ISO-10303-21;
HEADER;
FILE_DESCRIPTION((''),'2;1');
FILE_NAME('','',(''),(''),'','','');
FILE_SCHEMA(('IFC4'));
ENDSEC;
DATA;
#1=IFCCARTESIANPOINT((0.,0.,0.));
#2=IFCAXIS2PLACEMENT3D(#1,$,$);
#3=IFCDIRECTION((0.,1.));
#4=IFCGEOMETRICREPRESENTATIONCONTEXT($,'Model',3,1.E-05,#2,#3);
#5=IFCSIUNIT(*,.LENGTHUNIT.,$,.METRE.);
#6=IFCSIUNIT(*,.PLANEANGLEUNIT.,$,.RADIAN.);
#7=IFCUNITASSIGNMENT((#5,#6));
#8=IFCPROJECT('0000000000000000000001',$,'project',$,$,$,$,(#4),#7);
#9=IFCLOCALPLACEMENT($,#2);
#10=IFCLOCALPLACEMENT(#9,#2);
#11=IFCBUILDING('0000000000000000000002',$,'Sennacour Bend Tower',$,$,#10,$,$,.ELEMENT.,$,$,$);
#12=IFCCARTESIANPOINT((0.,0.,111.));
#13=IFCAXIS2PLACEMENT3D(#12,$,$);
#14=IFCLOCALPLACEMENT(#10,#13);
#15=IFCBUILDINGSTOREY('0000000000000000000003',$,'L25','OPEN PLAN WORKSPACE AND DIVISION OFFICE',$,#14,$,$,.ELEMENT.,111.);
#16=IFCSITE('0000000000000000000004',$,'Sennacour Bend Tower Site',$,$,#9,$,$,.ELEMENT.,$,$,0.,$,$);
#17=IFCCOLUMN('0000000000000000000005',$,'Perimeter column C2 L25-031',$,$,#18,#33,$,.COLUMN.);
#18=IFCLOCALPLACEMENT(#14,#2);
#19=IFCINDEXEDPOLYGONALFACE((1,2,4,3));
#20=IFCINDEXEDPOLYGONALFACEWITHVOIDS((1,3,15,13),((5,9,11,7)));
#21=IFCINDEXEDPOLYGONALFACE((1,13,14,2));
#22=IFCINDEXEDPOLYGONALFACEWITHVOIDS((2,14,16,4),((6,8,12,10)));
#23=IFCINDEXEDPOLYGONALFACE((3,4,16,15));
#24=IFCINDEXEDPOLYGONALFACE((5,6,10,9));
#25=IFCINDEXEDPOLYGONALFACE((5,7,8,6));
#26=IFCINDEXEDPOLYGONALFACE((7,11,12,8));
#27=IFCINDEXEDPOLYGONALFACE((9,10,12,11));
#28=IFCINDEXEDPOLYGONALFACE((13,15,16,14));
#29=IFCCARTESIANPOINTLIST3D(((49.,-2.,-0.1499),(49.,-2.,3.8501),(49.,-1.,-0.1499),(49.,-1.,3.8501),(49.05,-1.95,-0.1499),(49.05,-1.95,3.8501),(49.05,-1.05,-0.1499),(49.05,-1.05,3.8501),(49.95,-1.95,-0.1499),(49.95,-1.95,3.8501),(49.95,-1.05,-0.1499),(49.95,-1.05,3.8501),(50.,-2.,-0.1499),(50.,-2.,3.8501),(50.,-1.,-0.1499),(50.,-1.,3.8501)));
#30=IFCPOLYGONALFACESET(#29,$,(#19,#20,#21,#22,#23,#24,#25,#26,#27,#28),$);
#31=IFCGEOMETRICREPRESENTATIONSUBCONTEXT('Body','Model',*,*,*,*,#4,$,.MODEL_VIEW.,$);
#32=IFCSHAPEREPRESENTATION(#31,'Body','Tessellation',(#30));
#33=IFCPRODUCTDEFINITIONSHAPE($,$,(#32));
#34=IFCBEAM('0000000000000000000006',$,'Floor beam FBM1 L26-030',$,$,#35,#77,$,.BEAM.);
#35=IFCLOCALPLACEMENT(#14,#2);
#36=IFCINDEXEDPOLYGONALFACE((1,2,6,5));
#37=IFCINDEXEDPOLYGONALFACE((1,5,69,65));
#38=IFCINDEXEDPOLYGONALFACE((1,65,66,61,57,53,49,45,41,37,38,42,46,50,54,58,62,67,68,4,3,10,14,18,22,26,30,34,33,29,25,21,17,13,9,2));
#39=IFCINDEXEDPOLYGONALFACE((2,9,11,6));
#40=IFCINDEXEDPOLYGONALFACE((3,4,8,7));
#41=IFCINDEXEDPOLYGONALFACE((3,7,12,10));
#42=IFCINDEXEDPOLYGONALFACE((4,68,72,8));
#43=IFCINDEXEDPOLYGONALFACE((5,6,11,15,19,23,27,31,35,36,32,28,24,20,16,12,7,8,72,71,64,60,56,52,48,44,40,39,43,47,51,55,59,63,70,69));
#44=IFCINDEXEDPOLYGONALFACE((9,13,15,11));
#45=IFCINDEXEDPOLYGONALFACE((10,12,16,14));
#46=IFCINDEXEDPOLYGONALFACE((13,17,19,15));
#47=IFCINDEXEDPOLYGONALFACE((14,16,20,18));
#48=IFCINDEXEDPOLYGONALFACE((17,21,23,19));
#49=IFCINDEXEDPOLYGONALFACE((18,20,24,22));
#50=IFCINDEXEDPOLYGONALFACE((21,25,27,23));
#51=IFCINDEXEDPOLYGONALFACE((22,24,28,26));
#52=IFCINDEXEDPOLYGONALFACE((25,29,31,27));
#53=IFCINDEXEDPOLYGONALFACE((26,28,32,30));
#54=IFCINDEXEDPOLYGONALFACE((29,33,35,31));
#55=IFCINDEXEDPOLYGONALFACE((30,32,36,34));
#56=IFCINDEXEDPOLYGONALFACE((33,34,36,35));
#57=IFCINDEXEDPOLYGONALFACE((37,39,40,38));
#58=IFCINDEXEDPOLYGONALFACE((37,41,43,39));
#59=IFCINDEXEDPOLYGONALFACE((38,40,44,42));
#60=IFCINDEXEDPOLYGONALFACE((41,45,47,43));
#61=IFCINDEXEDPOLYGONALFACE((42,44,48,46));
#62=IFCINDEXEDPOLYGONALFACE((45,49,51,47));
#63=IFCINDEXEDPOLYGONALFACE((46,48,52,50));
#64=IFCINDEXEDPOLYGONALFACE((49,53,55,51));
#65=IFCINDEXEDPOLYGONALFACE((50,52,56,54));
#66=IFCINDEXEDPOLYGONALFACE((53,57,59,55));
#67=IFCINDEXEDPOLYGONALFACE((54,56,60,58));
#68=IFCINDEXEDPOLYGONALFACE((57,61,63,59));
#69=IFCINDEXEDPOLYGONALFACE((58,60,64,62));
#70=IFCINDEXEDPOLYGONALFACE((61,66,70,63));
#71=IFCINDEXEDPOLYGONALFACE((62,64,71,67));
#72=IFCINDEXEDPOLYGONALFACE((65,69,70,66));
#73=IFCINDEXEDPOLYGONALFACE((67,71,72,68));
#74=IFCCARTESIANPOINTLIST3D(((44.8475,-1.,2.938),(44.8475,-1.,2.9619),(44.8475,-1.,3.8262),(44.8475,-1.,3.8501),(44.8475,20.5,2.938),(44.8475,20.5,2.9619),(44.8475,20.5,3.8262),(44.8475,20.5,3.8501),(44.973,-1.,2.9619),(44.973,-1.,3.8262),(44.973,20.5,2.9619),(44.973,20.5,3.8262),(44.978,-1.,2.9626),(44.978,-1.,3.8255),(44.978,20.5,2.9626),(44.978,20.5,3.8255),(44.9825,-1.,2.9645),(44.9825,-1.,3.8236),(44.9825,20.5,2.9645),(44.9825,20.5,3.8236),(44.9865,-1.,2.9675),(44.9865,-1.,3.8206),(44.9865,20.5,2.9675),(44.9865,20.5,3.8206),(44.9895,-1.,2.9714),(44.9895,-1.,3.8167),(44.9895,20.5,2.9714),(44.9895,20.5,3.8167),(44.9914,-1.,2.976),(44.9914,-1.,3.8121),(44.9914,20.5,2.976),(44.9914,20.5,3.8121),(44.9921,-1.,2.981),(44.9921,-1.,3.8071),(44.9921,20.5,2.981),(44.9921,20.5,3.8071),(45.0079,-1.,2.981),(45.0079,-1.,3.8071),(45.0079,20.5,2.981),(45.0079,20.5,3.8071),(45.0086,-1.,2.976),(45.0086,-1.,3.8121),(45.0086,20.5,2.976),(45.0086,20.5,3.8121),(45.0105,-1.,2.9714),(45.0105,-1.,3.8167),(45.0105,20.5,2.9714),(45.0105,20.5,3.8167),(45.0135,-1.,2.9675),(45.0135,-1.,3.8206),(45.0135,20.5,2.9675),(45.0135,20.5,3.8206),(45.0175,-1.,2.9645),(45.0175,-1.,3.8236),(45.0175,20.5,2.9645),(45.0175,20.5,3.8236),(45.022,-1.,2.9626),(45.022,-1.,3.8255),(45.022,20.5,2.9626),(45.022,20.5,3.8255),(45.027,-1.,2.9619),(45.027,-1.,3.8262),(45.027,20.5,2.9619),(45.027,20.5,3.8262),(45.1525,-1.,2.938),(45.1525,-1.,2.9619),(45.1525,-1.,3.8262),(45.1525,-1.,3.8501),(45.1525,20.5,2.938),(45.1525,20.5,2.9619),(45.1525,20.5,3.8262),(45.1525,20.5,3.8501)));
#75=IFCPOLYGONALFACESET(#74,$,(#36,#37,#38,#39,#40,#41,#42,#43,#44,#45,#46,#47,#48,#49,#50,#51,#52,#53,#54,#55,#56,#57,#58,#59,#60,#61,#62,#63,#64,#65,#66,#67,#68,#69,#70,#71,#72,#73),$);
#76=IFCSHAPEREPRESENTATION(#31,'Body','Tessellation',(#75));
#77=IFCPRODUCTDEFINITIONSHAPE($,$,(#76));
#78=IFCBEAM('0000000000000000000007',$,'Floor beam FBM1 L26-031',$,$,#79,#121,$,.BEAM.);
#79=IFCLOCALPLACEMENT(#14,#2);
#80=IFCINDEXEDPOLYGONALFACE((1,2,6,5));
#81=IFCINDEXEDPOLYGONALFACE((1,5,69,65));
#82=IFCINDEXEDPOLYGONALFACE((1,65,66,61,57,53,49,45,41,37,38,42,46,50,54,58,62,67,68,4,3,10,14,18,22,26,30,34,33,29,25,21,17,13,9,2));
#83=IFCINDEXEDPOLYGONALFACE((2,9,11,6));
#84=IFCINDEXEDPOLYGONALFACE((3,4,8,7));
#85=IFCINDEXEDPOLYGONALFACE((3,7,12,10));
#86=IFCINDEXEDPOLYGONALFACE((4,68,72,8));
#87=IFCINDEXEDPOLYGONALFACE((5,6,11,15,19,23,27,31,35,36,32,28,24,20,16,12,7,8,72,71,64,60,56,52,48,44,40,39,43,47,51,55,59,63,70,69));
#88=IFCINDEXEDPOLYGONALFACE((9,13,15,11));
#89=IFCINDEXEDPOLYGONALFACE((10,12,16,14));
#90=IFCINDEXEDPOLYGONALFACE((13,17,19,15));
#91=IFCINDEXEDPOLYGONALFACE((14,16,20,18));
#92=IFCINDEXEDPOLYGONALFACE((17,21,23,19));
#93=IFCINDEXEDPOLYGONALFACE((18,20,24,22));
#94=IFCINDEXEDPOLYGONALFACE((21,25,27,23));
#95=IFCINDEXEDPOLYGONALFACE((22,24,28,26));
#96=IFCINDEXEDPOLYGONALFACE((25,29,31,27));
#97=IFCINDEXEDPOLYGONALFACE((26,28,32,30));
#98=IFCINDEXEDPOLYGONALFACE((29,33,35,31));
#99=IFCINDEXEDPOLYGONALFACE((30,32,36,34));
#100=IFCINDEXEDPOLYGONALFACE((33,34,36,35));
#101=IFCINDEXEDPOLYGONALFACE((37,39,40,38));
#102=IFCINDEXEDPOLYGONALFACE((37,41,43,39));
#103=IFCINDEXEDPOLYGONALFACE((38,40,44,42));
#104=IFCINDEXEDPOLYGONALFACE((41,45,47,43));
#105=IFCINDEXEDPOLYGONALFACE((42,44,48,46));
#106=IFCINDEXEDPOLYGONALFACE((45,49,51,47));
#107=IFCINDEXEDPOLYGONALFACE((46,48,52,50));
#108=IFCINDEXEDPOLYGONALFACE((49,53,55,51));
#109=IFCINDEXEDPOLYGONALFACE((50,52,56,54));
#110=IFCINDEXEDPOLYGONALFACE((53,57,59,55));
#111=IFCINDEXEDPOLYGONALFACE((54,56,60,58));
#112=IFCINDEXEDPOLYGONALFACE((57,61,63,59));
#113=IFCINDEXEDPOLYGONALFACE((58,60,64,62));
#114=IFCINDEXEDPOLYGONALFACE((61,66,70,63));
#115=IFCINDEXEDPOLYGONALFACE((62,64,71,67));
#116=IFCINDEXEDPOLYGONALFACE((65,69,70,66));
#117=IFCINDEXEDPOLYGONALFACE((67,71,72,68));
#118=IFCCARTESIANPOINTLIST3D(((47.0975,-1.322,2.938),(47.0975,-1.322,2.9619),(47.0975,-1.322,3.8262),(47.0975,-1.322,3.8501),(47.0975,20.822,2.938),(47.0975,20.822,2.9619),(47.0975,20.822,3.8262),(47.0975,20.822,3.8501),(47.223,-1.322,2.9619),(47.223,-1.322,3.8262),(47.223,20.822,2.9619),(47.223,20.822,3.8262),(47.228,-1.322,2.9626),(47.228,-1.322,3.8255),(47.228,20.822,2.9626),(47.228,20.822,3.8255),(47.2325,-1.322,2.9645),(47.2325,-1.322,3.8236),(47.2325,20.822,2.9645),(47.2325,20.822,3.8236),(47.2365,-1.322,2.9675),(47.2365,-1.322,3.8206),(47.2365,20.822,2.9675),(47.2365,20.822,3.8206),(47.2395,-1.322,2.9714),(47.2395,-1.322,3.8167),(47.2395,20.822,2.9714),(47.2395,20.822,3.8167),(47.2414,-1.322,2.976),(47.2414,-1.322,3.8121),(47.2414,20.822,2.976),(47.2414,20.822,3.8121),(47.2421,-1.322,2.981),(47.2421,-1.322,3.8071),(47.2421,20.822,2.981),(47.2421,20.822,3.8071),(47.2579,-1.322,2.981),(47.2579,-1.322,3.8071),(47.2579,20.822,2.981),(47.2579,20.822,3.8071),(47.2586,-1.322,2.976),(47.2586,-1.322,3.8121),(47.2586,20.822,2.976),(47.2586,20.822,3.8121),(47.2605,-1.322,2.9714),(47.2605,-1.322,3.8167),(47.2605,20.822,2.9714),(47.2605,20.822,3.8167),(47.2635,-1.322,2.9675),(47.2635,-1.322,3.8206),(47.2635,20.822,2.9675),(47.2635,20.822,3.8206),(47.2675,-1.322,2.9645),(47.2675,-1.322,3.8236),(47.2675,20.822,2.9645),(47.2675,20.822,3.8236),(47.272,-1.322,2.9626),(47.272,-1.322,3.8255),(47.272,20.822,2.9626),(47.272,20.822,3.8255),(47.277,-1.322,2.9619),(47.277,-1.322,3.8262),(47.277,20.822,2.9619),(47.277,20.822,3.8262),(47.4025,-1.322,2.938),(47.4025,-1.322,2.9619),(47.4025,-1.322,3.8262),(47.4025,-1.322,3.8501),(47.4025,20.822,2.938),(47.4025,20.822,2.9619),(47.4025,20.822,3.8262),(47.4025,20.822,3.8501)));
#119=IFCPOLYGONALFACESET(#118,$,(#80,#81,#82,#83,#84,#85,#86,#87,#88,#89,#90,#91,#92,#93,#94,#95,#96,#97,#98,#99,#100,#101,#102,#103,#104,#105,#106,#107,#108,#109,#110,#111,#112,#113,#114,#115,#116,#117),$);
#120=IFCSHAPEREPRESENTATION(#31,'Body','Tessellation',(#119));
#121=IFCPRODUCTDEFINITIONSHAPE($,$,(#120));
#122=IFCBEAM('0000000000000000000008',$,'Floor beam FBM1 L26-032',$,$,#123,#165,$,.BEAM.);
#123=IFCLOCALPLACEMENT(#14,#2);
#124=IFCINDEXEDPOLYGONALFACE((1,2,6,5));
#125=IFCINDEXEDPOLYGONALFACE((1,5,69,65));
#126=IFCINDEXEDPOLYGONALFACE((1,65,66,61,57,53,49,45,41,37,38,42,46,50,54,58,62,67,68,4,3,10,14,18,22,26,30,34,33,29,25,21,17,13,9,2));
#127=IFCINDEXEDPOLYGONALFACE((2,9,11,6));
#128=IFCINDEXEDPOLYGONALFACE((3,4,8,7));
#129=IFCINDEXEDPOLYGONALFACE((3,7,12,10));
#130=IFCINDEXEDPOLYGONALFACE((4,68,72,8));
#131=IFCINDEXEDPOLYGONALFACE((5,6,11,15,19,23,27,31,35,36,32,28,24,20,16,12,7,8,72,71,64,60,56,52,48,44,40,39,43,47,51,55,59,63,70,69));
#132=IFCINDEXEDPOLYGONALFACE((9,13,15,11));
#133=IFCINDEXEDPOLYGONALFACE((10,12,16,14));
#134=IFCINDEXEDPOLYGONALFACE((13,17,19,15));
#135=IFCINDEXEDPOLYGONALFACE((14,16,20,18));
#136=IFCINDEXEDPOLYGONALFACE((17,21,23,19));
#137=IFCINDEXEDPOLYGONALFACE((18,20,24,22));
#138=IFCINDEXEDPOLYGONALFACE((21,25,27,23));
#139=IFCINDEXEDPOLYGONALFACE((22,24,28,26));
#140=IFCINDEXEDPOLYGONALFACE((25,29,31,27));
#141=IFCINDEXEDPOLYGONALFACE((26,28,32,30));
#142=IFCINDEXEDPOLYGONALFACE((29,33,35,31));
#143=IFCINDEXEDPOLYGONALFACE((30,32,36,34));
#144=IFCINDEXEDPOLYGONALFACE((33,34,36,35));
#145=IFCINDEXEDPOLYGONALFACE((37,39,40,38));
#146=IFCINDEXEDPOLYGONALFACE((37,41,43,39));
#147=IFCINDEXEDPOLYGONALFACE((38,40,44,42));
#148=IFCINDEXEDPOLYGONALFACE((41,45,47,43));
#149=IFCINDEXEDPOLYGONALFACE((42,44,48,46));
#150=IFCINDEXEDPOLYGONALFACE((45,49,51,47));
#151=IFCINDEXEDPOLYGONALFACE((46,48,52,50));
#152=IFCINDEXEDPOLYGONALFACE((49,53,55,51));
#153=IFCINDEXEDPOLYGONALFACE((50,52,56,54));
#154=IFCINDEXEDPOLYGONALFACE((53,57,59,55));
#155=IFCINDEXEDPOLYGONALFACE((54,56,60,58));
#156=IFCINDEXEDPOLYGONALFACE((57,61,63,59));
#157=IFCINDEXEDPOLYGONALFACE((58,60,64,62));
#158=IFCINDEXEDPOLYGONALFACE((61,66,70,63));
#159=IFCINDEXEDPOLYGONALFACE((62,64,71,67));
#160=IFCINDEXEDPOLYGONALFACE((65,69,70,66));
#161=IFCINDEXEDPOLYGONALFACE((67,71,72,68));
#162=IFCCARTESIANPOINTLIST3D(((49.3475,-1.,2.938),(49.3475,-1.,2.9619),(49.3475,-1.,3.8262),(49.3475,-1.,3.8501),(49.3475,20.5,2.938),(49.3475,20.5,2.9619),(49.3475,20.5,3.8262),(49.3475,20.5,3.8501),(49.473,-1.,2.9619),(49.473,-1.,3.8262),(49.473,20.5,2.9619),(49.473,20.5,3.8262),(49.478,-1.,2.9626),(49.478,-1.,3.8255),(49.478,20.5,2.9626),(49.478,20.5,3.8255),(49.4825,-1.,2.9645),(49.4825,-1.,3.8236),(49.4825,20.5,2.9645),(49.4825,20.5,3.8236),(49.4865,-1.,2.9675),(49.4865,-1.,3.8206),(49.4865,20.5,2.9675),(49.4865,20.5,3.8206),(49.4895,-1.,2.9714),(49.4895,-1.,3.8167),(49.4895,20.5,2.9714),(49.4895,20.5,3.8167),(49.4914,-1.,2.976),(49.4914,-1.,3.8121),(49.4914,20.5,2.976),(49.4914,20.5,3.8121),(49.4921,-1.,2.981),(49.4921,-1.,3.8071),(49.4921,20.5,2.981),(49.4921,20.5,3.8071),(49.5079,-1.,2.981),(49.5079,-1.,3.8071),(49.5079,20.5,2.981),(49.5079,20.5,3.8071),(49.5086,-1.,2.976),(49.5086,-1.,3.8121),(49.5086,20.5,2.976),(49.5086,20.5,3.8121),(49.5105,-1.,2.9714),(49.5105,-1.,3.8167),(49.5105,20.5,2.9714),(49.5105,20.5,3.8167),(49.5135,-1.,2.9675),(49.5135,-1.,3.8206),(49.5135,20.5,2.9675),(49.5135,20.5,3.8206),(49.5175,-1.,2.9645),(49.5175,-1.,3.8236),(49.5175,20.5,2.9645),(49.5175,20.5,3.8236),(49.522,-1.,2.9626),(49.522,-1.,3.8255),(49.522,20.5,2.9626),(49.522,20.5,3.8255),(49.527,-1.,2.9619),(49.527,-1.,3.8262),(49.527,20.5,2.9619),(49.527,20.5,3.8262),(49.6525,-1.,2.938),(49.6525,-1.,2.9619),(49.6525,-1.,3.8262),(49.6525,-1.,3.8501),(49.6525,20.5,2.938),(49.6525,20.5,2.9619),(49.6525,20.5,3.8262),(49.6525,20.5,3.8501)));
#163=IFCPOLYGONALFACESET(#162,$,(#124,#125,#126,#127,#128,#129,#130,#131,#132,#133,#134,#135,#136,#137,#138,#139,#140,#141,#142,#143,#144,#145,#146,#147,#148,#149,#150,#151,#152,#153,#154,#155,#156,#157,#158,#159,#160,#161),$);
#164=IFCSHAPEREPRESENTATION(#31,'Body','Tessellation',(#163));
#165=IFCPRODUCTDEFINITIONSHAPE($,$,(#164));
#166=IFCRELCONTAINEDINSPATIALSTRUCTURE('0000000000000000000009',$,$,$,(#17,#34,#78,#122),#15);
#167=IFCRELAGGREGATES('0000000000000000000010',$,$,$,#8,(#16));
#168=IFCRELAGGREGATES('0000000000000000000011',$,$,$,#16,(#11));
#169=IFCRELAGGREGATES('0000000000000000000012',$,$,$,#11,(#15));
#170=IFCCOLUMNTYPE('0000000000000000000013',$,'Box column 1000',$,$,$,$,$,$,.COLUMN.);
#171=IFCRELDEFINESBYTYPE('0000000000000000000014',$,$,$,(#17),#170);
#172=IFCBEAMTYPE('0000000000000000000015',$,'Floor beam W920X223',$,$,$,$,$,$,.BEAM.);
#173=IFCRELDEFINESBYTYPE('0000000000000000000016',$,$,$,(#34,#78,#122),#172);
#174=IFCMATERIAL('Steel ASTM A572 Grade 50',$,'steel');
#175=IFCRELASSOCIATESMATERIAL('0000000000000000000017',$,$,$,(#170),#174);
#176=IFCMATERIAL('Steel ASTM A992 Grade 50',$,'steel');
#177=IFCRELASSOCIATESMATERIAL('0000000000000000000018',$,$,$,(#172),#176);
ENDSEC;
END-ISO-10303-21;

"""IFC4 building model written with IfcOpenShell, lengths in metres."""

from ifc_helpers import new_model, si_unit, direction, frame, origin, origin_2d, place, context, subcontext, project, spatial, hollow_rectangle, i_section, extrude, material, material_profile, profile_set, type_object, element, save


model = new_model("IFC4")

# Units and contexts
model_context = context("Model", 3, precision=1e-05, world=origin(), true_north=direction((0.0, 1.0)))
body_context = subcontext(model_context, "Body", "Model", "MODEL_VIEW")
ifc_project = project(units=[si_unit("LENGTHUNIT", "METRE"), si_unit("PLANEANGLEUNIT", "RADIAN")], contexts=[model_context])

# Site, building, storey
site_placement = place(None, origin())
site = spatial("IfcSite", under=ifc_project, at=site_placement, Name="Sennacour Bend Tower Site", CompositionType="ELEMENT", RefElevation=0.0)
building_placement = place(site_placement, origin())
building = spatial("IfcBuilding", under=site, at=building_placement, Name="Sennacour Bend Tower", CompositionType="ELEMENT")
storey_placement = place(building_placement, frame((0.0, 0.0, 111.0)))
storey = spatial("IfcBuildingStorey", under=building, at=storey_placement, Name="L25", Description="OPEN PLAN WORKSPACE AND DIVISION OFFICE", CompositionType="ELEMENT", Elevation=111.0)

# Column
ifc_material_1 = material(Name="Steel ASTM A572 Grade 50", Category="steel")
ifc_material_profile_1 = material_profile(ifc_material_1, hollow_rectangle(XDim=1.0, YDim=1.0, WallThickness=0.05, at=origin_2d()), Name="Steel ASTM A572 Grade 50", Category="steel")
ifc_profile_set_1 = profile_set([ifc_material_profile_1], Name="Steel ASTM A572 Grade 50")
column_type = type_object("IfcColumnType", Name="Box column 1000", PredefinedType="COLUMN", material=ifc_profile_set_1)
column_placement = place(storey_placement, frame((49.5, -1.5, -0.1499), z_axis=(0.0, 0.0, 1.0), x_axis=(1.0, 0.0, 0.0)))
element("IfcColumn", 1, at=column_placement, inside=storey, type_object=column_type, Name="Perimeter column C2 L25-031", PredefinedType="COLUMN", context=body_context, shape_type="SweptSolid", body=[
    extrude(hollow_rectangle(XDim=1.0, YDim=1.0, WallThickness=0.05, at=origin_2d()), origin(), (0.0, 0.0, 1.0), 4.0),
])

# Beams
ifc_material_2 = material(Name="Steel ASTM A992 Grade 50", Category="steel")
ifc_material_profile_2 = material_profile(ifc_material_2, i_section(OverallWidth=0.3049, OverallDepth=0.9121, WebThickness=0.0159, FlangeThickness=0.0239, FilletRadius=0.019, at=origin_2d()), Name="Steel ASTM A992 Grade 50", Category="steel")
ifc_profile_set_2 = profile_set([ifc_material_profile_2], Name="Steel ASTM A992 Grade 50")
beam_type_1 = type_object("IfcBeamType", Name="Floor beam W920X223", PredefinedType="BEAM", material=ifc_profile_set_2)
beam_1_placement = place(storey_placement, frame((45.0, -1.0, 3.394), z_axis=(0.0, 1.0, 0.0), x_axis=(-1.0, 0.0, 0.0)))
element("IfcBeam", 2, at=beam_1_placement, inside=storey, type_object=beam_type_1, Name="Floor beam FBM1 L26-030", PredefinedType="BEAM", context=body_context, shape_type="SweptSolid", body=[
    extrude(i_section(OverallWidth=0.3049, OverallDepth=0.9121, WebThickness=0.0159, FlangeThickness=0.0239, FilletRadius=0.019, at=origin_2d()), origin(), (0.0, 0.0, 1.0), 21.5),
])
beam_2_placement = place(storey_placement, frame((47.25, -1.322, 3.394), z_axis=(0.0, 1.0, 0.0), x_axis=(-1.0, 0.0, 0.0)))
element("IfcBeam", 3, at=beam_2_placement, inside=storey, type_object=beam_type_1, Name="Floor beam FBM1 L26-031", PredefinedType="BEAM", context=body_context, shape_type="SweptSolid", body=[
    extrude(i_section(OverallWidth=0.3049, OverallDepth=0.9121, WebThickness=0.0159, FlangeThickness=0.0239, FilletRadius=0.019, at=origin_2d()), origin(), (0.0, 0.0, 1.0), 22.144),
])
beam_3_placement = place(storey_placement, frame((49.5, -1.0, 3.394), z_axis=(0.0, 1.0, 0.0), x_axis=(-1.0, 0.0, 0.0)))
element("IfcBeam", 4, at=beam_3_placement, inside=storey, type_object=beam_type_1, Name="Floor beam FBM1 L26-032", PredefinedType="BEAM", context=body_context, shape_type="SweptSolid", body=[
    extrude(i_section(OverallWidth=0.3049, OverallDepth=0.9121, WebThickness=0.0159, FlangeThickness=0.0239, FilletRadius=0.019, at=origin_2d()), origin(), (0.0, 0.0, 1.0), 21.5),
])

save(model, "model.ifc")
